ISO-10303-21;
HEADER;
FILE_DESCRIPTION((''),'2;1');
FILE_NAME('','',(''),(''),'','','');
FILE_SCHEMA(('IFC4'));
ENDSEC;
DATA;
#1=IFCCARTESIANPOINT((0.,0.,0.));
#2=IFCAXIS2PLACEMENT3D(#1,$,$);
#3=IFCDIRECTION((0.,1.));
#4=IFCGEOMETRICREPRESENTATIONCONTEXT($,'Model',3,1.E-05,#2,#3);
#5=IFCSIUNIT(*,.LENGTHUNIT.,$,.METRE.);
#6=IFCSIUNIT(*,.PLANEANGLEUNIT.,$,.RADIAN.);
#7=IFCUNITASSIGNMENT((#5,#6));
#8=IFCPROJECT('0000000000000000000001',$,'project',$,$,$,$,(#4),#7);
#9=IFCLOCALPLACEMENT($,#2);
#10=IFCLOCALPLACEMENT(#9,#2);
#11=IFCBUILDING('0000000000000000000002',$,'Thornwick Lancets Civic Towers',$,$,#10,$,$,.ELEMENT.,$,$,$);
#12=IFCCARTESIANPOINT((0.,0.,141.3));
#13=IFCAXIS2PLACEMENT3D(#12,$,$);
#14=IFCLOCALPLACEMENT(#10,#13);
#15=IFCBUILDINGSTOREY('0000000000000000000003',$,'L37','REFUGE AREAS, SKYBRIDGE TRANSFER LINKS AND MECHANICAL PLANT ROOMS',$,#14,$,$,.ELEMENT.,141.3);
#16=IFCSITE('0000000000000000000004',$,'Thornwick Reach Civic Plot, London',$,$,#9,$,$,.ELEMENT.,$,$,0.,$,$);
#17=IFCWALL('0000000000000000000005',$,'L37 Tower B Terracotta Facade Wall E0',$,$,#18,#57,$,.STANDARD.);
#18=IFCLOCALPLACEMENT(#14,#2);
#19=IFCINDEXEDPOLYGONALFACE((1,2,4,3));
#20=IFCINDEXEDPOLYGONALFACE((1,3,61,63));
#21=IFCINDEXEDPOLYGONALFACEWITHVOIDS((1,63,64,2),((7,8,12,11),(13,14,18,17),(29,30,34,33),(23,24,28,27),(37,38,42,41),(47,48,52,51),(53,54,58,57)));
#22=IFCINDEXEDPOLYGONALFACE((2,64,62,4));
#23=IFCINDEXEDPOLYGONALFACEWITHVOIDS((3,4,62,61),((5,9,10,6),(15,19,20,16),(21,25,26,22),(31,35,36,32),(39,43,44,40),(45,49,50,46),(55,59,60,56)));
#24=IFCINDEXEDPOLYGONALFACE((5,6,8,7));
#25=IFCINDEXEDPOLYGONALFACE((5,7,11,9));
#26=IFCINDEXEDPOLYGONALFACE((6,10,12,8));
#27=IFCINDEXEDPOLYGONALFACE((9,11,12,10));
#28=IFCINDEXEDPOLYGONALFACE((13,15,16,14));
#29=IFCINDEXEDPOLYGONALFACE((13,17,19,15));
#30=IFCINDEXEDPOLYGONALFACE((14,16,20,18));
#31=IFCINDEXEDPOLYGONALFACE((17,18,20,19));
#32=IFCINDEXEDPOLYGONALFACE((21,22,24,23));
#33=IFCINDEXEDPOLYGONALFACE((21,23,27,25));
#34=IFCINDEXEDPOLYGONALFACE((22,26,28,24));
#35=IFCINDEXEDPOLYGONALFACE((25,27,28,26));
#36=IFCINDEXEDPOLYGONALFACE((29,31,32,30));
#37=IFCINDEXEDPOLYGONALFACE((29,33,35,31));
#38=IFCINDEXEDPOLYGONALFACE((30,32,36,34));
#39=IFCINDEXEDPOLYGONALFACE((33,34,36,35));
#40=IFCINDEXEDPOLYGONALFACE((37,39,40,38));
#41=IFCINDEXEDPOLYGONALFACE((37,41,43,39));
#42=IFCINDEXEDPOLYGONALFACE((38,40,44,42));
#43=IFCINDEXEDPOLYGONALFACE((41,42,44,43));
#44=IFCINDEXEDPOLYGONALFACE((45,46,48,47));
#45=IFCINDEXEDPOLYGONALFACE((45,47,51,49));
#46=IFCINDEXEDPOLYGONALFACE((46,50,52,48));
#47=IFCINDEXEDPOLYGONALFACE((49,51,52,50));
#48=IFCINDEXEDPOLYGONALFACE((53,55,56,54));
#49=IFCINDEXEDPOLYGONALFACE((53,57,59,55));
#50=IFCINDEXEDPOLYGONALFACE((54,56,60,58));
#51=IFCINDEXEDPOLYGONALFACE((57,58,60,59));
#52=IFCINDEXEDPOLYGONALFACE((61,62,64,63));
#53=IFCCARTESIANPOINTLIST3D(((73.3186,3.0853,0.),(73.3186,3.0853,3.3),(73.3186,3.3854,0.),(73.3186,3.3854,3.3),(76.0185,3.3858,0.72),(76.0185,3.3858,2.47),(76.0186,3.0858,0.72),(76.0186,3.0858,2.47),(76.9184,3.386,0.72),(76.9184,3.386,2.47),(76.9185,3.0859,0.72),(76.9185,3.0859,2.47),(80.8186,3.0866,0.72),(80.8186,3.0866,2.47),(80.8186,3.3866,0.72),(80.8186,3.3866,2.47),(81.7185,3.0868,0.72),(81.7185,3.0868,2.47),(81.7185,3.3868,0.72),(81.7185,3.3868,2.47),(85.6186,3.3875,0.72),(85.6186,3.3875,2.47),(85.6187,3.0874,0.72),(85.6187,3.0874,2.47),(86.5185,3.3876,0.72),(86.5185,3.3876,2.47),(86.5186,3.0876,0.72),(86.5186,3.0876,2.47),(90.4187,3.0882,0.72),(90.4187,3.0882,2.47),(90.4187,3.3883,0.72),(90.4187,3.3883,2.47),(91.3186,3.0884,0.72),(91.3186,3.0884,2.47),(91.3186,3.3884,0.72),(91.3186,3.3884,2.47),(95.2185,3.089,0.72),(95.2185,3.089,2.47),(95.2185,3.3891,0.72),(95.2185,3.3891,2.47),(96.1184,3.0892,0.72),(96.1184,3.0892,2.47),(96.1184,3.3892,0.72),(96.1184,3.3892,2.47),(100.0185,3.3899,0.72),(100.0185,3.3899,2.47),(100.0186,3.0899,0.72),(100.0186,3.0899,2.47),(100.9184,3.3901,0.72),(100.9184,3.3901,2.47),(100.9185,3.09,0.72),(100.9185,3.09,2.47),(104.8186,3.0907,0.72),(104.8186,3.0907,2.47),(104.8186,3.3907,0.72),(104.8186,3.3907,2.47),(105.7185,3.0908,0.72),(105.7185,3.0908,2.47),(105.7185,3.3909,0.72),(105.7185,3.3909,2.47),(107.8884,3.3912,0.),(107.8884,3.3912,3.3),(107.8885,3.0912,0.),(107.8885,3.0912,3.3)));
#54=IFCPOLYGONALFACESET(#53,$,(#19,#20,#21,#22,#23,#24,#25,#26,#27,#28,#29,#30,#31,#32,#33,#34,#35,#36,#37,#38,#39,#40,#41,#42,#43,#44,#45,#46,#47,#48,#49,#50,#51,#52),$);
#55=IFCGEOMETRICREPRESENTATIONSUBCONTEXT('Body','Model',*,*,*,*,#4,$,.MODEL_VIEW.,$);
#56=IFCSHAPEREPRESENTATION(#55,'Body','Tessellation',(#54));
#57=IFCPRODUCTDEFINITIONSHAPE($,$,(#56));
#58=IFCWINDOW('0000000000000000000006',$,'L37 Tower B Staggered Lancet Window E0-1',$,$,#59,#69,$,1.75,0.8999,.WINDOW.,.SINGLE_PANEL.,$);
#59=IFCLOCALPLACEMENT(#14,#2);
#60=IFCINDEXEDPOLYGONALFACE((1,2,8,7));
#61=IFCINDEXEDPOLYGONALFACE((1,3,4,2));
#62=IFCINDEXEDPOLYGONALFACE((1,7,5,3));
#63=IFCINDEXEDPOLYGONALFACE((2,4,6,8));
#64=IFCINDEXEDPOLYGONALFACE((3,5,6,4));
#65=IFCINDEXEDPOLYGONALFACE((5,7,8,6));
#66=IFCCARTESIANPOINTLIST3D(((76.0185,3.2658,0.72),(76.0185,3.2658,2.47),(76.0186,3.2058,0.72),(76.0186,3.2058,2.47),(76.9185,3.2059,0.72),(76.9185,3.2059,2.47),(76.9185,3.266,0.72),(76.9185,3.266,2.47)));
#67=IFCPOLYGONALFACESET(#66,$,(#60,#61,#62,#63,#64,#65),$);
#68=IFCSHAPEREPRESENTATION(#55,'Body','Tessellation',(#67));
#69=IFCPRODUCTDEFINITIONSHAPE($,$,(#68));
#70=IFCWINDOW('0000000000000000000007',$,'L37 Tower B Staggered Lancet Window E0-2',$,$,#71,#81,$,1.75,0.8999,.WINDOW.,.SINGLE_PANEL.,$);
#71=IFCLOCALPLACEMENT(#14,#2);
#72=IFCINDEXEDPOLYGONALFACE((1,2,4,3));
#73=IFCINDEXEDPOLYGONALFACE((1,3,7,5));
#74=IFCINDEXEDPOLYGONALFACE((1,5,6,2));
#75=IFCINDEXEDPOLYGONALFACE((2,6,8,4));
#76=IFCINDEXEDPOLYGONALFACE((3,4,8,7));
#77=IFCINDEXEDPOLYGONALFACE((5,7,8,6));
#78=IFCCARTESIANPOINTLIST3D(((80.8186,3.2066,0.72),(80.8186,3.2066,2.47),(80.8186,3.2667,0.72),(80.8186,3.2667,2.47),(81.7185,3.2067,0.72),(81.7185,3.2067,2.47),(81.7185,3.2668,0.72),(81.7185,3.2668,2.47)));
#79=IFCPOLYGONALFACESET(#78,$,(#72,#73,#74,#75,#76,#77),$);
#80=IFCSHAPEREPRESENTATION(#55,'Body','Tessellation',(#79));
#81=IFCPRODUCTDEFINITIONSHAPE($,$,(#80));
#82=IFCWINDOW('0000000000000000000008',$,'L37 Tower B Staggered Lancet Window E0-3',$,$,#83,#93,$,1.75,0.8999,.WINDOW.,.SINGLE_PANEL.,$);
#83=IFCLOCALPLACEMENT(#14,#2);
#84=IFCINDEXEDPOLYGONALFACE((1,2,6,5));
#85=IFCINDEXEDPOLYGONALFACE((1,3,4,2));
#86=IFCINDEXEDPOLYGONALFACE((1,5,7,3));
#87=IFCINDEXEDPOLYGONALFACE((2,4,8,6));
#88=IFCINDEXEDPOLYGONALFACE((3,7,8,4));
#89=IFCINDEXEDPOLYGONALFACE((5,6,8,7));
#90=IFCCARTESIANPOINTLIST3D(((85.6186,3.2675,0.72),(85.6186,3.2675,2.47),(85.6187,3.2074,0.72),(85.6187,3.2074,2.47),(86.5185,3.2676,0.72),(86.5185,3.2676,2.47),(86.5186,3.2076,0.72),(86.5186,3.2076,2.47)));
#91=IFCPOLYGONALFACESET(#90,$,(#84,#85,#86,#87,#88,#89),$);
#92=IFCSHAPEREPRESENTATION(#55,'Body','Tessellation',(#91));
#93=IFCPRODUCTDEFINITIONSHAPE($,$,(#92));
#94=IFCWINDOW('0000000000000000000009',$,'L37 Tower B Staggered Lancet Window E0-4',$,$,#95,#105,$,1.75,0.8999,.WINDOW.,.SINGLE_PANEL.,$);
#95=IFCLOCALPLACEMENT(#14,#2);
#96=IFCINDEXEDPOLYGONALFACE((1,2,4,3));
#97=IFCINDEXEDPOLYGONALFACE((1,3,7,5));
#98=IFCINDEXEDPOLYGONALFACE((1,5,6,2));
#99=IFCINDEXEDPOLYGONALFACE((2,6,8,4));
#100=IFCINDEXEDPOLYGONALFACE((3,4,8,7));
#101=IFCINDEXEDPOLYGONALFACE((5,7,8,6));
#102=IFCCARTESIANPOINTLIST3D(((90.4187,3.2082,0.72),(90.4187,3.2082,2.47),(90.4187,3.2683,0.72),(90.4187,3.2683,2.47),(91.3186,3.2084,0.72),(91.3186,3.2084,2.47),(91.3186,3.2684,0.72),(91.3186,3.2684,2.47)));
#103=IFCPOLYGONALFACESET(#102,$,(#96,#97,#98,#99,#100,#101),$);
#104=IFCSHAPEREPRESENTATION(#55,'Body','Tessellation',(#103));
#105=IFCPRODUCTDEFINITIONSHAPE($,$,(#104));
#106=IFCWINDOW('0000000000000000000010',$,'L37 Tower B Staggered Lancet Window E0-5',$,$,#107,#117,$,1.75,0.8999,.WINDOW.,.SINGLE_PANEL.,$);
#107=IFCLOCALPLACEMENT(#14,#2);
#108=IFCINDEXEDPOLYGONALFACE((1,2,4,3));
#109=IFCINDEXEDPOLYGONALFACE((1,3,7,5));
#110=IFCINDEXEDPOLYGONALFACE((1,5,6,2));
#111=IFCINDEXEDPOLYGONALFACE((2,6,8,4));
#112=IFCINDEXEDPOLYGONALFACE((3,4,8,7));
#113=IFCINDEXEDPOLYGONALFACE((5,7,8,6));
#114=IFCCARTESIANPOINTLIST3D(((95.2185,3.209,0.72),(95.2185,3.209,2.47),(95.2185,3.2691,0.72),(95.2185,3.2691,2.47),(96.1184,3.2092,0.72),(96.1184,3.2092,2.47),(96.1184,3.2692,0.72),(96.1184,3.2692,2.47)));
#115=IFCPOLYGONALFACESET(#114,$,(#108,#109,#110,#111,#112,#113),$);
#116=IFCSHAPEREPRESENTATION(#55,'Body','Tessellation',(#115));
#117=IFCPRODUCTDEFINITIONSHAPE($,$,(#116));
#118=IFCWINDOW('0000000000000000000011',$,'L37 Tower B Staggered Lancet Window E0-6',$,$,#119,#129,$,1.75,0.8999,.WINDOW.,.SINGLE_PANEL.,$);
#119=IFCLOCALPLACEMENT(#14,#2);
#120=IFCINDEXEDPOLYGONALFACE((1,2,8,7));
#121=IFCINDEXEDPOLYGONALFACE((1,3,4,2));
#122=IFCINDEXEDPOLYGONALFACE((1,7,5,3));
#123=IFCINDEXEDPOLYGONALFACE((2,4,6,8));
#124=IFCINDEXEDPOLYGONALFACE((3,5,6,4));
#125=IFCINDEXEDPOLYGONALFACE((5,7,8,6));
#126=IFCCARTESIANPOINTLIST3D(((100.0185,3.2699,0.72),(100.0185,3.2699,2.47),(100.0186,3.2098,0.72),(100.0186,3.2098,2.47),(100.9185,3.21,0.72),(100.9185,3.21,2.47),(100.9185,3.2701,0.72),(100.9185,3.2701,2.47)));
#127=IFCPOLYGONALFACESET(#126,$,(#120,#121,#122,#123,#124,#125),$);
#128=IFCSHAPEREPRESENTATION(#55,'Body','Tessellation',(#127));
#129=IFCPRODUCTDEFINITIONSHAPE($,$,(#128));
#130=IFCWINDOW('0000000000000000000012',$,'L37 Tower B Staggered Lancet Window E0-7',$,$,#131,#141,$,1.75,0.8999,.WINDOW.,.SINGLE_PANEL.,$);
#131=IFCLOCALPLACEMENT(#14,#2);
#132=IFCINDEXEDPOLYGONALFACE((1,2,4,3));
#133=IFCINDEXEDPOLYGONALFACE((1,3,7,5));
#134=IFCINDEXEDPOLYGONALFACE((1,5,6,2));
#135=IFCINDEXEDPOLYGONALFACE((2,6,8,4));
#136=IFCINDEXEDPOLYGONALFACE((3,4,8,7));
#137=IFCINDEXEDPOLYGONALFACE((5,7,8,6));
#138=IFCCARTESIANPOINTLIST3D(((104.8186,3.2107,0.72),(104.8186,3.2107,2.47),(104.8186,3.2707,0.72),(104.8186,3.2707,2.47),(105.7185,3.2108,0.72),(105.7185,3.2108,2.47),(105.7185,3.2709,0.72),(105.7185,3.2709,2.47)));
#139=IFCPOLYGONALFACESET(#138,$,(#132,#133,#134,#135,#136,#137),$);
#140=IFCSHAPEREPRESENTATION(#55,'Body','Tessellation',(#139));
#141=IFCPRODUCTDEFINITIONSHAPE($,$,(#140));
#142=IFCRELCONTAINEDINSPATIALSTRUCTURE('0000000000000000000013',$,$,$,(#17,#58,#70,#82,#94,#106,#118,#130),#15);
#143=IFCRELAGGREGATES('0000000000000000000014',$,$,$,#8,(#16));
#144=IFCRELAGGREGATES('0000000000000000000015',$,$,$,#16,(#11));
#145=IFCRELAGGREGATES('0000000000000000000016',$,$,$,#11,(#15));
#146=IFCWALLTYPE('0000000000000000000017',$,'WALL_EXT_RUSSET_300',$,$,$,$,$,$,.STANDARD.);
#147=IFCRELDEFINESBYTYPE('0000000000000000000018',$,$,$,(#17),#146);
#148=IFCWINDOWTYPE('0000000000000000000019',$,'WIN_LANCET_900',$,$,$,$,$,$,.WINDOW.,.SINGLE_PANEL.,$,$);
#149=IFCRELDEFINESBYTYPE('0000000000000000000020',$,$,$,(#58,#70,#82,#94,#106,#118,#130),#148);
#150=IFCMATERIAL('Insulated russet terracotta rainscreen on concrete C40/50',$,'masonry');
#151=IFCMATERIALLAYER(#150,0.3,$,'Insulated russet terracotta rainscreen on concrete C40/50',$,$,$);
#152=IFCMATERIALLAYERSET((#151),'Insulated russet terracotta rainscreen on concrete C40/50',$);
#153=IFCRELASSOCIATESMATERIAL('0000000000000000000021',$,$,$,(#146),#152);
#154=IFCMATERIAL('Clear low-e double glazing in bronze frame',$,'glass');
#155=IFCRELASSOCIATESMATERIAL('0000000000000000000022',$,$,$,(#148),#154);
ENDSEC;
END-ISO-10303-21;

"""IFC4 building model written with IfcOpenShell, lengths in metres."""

from ifc_helpers import new_model, si_unit, direction, frame, frame_2d, origin, place, context, subcontext, project, spatial, rectangle, extrude, material, layer, layer_set, type_object, element, fill, save


model = new_model("IFC4")

# Units and contexts
model_context = context("Model", 3, precision=1e-05, world=origin(), true_north=direction((0.0, 1.0)))
body_context = subcontext(model_context, "Body", "Model", "MODEL_VIEW")
ifc_project = project(units=[si_unit("LENGTHUNIT", "METRE"), si_unit("PLANEANGLEUNIT", "RADIAN")], contexts=[model_context])

# Site, building, storey
site_placement = place(None, origin())
site = spatial("IfcSite", under=ifc_project, at=site_placement, Name="Thornwick Reach Civic Plot, London", CompositionType="ELEMENT", RefElevation=0.0)
building_placement = place(site_placement, origin())
building = spatial("IfcBuilding", under=site, at=building_placement, Name="Thornwick Lancets Civic Towers", CompositionType="ELEMENT")
storey_placement = place(building_placement, frame((0.0, 0.0, 141.3)))
storey = spatial("IfcBuildingStorey", under=building, at=storey_placement, Name="L37", Description="REFUGE AREAS, SKYBRIDGE TRANSFER LINKS AND MECHANICAL PLANT ROOMS", CompositionType="ELEMENT", Elevation=141.3)

# Wall, openings, windows
ifc_material_1 = material(Name="Insulated russet terracotta rainscreen on concrete C40/50", Category="masonry")
ifc_layer_1 = layer(ifc_material_1, 0.3, Name="Insulated russet terracotta rainscreen on concrete C40/50")
ifc_layer_set_1 = layer_set([ifc_layer_1], Name="Insulated russet terracotta rainscreen on concrete C40/50")
wall_type_1 = type_object("IfcWallType", Name="WALL_EXT_RUSSET_300", PredefinedType="STANDARD", material=ifc_layer_set_1)
wall_1_placement = place(storey_placement, frame((73.3186, 3.2354, 0.0), z_axis=(0.0, 0.0, 1.0), x_axis=(1.0, 0.000169, 0.0)))
wall_1 = element("IfcWall", 1, at=wall_1_placement, inside=storey, type_object=wall_type_1, Name="L37 Tower B Terracotta Facade Wall E0", PredefinedType="STANDARD", context=body_context, shape_type="SweptSolid", body=[
    extrude(rectangle(XDim=34.5698, YDim=0.3, at=frame_2d((17.2849, 0.0))), origin(), (0.0, 0.0, 1.0), 3.3),
])
opening_1_placement = place(wall_1_placement, frame((2.7, 0.0, 0.72)))
opening_1 = element("IfcOpeningElement", 2, at=opening_1_placement, cuts=wall_1, PredefinedType="OPENING", context=body_context, shape_type="SweptSolid", body=[
    extrude(rectangle(XDim=0.8999, YDim=1.75, at=frame_2d((0.45, 0.875))), frame((0.0, 0.1602, 0.0), z_axis=(0.0, -1.0, 0.0), x_axis=(1.0, 0.0, 0.0)), (0.0, 0.0, 1.0), 0.3201),
])
opening_2_placement = place(wall_1_placement, frame((7.5, 0.0, 0.72)))
opening_2 = element("IfcOpeningElement", 3, at=opening_2_placement, cuts=wall_1, PredefinedType="OPENING", context=body_context, shape_type="SweptSolid", body=[
    extrude(rectangle(XDim=0.8999, YDim=1.75, at=frame_2d((0.45, 0.875))), frame((0.0, 0.1602, 0.0), z_axis=(0.0, -1.0, 0.0), x_axis=(1.0, 0.0, 0.0)), (0.0, 0.0, 1.0), 0.3201),
])
opening_3_placement = place(wall_1_placement, frame((12.3, 0.0, 0.72)))
opening_3 = element("IfcOpeningElement", 4, at=opening_3_placement, cuts=wall_1, PredefinedType="OPENING", context=body_context, shape_type="SweptSolid", body=[
    extrude(rectangle(XDim=0.8999, YDim=1.75, at=frame_2d((0.45, 0.875))), frame((0.0, 0.1602, 0.0), z_axis=(0.0, -1.0, 0.0), x_axis=(1.0, 0.0, 0.0)), (0.0, 0.0, 1.0), 0.3201),
])
opening_4_placement = place(wall_1_placement, frame((17.1001, 0.0, 0.72)))
opening_4 = element("IfcOpeningElement", 5, at=opening_4_placement, cuts=wall_1, PredefinedType="OPENING", context=body_context, shape_type="SweptSolid", body=[
    extrude(rectangle(XDim=0.8999, YDim=1.75, at=frame_2d((0.45, 0.875))), frame((0.0, 0.1602, 0.0), z_axis=(0.0, -1.0, 0.0), x_axis=(1.0, 0.0, 0.0)), (0.0, 0.0, 1.0), 0.3201),
])
opening_5_placement = place(wall_1_placement, frame((21.8999, 0.0, 0.72)))
opening_5 = element("IfcOpeningElement", 6, at=opening_5_placement, cuts=wall_1, PredefinedType="OPENING", context=body_context, shape_type="SweptSolid", body=[
    extrude(rectangle(XDim=0.8999, YDim=1.75, at=frame_2d((0.45, 0.875))), frame((0.0, 0.1602, 0.0), z_axis=(0.0, -1.0, 0.0), x_axis=(1.0, 0.0, 0.0)), (0.0, 0.0, 1.0), 0.3201),
])
opening_6_placement = place(wall_1_placement, frame((26.7, 0.0, 0.72)))
opening_6 = element("IfcOpeningElement", 7, at=opening_6_placement, cuts=wall_1, PredefinedType="OPENING", context=body_context, shape_type="SweptSolid", body=[
    extrude(rectangle(XDim=0.8999, YDim=1.75, at=frame_2d((0.45, 0.875))), frame((0.0, 0.1602, 0.0), z_axis=(0.0, -1.0, 0.0), x_axis=(1.0, 0.0, 0.0)), (0.0, 0.0, 1.0), 0.3201),
])
opening_7_placement = place(wall_1_placement, frame((31.5, 0.0, 0.72)))
opening_7 = element("IfcOpeningElement", 8, at=opening_7_placement, cuts=wall_1, PredefinedType="OPENING", context=body_context, shape_type="SweptSolid", body=[
    extrude(rectangle(XDim=0.8999, YDim=1.75, at=frame_2d((0.45, 0.875))), frame((0.0, 0.1602, 0.0), z_axis=(0.0, -1.0, 0.0), x_axis=(1.0, 0.0, 0.0)), (0.0, 0.0, 1.0), 0.3201),
])
ifc_material_2 = material(Name="Clear low-e double glazing in bronze frame", Category="glass")
window_type = type_object("IfcWindowType", Name="WIN_LANCET_900", PartitioningType="SINGLE_PANEL", PredefinedType="WINDOW", material=ifc_material_2)
window_1_placement = place(opening_1_placement, origin())
window_1 = element("IfcWindow", 9, at=window_1_placement, inside=storey, type_object=window_type, Name="L37 Tower B Staggered Lancet Window E0-1", OverallHeight=1.75, OverallWidth=0.8999, PartitioningType="SINGLE_PANEL", PredefinedType="WINDOW", context=body_context, shape_type="SweptSolid", body=[
    extrude(rectangle(XDim=0.8999, YDim=1.75, at=frame_2d((0.45, 0.875))), frame((0.0, 0.03, 0.0), z_axis=(0.0, -1.0, 0.0), x_axis=(1.0, 0.0, 0.0)), (0.0, 0.0, 1.0), 0.0601),
])
fill(opening_1, window_1)
window_2_placement = place(opening_2_placement, origin())
window_2 = element("IfcWindow", 10, at=window_2_placement, inside=storey, type_object=window_type, Name="L37 Tower B Staggered Lancet Window E0-2", OverallHeight=1.75, OverallWidth=0.8999, PartitioningType="SINGLE_PANEL", PredefinedType="WINDOW", context=body_context, shape_type="SweptSolid", body=[
    extrude(rectangle(XDim=0.8999, YDim=1.75, at=frame_2d((0.45, 0.875))), frame((0.0, 0.03, 0.0), z_axis=(0.0, -1.0, 0.0), x_axis=(1.0, 0.0, 0.0)), (0.0, 0.0, 1.0), 0.0601),
])
fill(opening_2, window_2)
window_3_placement = place(opening_3_placement, origin())
window_3 = element("IfcWindow", 11, at=window_3_placement, inside=storey, type_object=window_type, Name="L37 Tower B Staggered Lancet Window E0-3", OverallHeight=1.75, OverallWidth=0.8999, PartitioningType="SINGLE_PANEL", PredefinedType="WINDOW", context=body_context, shape_type="SweptSolid", body=[
    extrude(rectangle(XDim=0.8999, YDim=1.75, at=frame_2d((0.45, 0.875))), frame((0.0, 0.03, 0.0), z_axis=(0.0, -1.0, 0.0), x_axis=(1.0, 0.0, 0.0)), (0.0, 0.0, 1.0), 0.0601),
])
fill(opening_3, window_3)
window_4_placement = place(opening_4_placement, origin())
window_4 = element("IfcWindow", 12, at=window_4_placement, inside=storey, type_object=window_type, Name="L37 Tower B Staggered Lancet Window E0-4", OverallHeight=1.75, OverallWidth=0.8999, PartitioningType="SINGLE_PANEL", PredefinedType="WINDOW", context=body_context, shape_type="SweptSolid", body=[
    extrude(rectangle(XDim=0.8999, YDim=1.75, at=frame_2d((0.45, 0.875))), frame((0.0, 0.03, 0.0), z_axis=(0.0, -1.0, 0.0), x_axis=(1.0, 0.0, 0.0)), (0.0, 0.0, 1.0), 0.0601),
])
fill(opening_4, window_4)
window_5_placement = place(opening_5_placement, origin())
window_5 = element("IfcWindow", 13, at=window_5_placement, inside=storey, type_object=window_type, Name="L37 Tower B Staggered Lancet Window E0-5", OverallHeight=1.75, OverallWidth=0.8999, PartitioningType="SINGLE_PANEL", PredefinedType="WINDOW", context=body_context, shape_type="SweptSolid", body=[
    extrude(rectangle(XDim=0.8999, YDim=1.75, at=frame_2d((0.45, 0.875))), frame((0.0, 0.03, 0.0), z_axis=(0.0, -1.0, 0.0), x_axis=(1.0, 0.0, 0.0)), (0.0, 0.0, 1.0), 0.0601),
])
fill(opening_5, window_5)
window_6_placement = place(opening_6_placement, origin())
window_6 = element("IfcWindow", 14, at=window_6_placement, inside=storey, type_object=window_type, Name="L37 Tower B Staggered Lancet Window E0-6", OverallHeight=1.75, OverallWidth=0.8999, PartitioningType="SINGLE_PANEL", PredefinedType="WINDOW", context=body_context, shape_type="SweptSolid", body=[
    extrude(rectangle(XDim=0.8999, YDim=1.75, at=frame_2d((0.45, 0.875))), frame((0.0, 0.03, 0.0), z_axis=(0.0, -1.0, 0.0), x_axis=(1.0, 0.0, 0.0)), (0.0, 0.0, 1.0), 0.0601),
])
fill(opening_6, window_6)
window_7_placement = place(opening_7_placement, origin())
window_7 = element("IfcWindow", 15, at=window_7_placement, inside=storey, type_object=window_type, Name="L37 Tower B Staggered Lancet Window E0-7", OverallHeight=1.75, OverallWidth=0.8999, PartitioningType="SINGLE_PANEL", PredefinedType="WINDOW", context=body_context, shape_type="SweptSolid", body=[
    extrude(rectangle(XDim=0.8999, YDim=1.75, at=frame_2d((0.45, 0.875))), frame((0.0, 0.03, 0.0), z_axis=(0.0, -1.0, 0.0), x_axis=(1.0, 0.0, 0.0)), (0.0, 0.0, 1.0), 0.0601),
])
fill(opening_7, window_7)

save(model, "model.ifc")
